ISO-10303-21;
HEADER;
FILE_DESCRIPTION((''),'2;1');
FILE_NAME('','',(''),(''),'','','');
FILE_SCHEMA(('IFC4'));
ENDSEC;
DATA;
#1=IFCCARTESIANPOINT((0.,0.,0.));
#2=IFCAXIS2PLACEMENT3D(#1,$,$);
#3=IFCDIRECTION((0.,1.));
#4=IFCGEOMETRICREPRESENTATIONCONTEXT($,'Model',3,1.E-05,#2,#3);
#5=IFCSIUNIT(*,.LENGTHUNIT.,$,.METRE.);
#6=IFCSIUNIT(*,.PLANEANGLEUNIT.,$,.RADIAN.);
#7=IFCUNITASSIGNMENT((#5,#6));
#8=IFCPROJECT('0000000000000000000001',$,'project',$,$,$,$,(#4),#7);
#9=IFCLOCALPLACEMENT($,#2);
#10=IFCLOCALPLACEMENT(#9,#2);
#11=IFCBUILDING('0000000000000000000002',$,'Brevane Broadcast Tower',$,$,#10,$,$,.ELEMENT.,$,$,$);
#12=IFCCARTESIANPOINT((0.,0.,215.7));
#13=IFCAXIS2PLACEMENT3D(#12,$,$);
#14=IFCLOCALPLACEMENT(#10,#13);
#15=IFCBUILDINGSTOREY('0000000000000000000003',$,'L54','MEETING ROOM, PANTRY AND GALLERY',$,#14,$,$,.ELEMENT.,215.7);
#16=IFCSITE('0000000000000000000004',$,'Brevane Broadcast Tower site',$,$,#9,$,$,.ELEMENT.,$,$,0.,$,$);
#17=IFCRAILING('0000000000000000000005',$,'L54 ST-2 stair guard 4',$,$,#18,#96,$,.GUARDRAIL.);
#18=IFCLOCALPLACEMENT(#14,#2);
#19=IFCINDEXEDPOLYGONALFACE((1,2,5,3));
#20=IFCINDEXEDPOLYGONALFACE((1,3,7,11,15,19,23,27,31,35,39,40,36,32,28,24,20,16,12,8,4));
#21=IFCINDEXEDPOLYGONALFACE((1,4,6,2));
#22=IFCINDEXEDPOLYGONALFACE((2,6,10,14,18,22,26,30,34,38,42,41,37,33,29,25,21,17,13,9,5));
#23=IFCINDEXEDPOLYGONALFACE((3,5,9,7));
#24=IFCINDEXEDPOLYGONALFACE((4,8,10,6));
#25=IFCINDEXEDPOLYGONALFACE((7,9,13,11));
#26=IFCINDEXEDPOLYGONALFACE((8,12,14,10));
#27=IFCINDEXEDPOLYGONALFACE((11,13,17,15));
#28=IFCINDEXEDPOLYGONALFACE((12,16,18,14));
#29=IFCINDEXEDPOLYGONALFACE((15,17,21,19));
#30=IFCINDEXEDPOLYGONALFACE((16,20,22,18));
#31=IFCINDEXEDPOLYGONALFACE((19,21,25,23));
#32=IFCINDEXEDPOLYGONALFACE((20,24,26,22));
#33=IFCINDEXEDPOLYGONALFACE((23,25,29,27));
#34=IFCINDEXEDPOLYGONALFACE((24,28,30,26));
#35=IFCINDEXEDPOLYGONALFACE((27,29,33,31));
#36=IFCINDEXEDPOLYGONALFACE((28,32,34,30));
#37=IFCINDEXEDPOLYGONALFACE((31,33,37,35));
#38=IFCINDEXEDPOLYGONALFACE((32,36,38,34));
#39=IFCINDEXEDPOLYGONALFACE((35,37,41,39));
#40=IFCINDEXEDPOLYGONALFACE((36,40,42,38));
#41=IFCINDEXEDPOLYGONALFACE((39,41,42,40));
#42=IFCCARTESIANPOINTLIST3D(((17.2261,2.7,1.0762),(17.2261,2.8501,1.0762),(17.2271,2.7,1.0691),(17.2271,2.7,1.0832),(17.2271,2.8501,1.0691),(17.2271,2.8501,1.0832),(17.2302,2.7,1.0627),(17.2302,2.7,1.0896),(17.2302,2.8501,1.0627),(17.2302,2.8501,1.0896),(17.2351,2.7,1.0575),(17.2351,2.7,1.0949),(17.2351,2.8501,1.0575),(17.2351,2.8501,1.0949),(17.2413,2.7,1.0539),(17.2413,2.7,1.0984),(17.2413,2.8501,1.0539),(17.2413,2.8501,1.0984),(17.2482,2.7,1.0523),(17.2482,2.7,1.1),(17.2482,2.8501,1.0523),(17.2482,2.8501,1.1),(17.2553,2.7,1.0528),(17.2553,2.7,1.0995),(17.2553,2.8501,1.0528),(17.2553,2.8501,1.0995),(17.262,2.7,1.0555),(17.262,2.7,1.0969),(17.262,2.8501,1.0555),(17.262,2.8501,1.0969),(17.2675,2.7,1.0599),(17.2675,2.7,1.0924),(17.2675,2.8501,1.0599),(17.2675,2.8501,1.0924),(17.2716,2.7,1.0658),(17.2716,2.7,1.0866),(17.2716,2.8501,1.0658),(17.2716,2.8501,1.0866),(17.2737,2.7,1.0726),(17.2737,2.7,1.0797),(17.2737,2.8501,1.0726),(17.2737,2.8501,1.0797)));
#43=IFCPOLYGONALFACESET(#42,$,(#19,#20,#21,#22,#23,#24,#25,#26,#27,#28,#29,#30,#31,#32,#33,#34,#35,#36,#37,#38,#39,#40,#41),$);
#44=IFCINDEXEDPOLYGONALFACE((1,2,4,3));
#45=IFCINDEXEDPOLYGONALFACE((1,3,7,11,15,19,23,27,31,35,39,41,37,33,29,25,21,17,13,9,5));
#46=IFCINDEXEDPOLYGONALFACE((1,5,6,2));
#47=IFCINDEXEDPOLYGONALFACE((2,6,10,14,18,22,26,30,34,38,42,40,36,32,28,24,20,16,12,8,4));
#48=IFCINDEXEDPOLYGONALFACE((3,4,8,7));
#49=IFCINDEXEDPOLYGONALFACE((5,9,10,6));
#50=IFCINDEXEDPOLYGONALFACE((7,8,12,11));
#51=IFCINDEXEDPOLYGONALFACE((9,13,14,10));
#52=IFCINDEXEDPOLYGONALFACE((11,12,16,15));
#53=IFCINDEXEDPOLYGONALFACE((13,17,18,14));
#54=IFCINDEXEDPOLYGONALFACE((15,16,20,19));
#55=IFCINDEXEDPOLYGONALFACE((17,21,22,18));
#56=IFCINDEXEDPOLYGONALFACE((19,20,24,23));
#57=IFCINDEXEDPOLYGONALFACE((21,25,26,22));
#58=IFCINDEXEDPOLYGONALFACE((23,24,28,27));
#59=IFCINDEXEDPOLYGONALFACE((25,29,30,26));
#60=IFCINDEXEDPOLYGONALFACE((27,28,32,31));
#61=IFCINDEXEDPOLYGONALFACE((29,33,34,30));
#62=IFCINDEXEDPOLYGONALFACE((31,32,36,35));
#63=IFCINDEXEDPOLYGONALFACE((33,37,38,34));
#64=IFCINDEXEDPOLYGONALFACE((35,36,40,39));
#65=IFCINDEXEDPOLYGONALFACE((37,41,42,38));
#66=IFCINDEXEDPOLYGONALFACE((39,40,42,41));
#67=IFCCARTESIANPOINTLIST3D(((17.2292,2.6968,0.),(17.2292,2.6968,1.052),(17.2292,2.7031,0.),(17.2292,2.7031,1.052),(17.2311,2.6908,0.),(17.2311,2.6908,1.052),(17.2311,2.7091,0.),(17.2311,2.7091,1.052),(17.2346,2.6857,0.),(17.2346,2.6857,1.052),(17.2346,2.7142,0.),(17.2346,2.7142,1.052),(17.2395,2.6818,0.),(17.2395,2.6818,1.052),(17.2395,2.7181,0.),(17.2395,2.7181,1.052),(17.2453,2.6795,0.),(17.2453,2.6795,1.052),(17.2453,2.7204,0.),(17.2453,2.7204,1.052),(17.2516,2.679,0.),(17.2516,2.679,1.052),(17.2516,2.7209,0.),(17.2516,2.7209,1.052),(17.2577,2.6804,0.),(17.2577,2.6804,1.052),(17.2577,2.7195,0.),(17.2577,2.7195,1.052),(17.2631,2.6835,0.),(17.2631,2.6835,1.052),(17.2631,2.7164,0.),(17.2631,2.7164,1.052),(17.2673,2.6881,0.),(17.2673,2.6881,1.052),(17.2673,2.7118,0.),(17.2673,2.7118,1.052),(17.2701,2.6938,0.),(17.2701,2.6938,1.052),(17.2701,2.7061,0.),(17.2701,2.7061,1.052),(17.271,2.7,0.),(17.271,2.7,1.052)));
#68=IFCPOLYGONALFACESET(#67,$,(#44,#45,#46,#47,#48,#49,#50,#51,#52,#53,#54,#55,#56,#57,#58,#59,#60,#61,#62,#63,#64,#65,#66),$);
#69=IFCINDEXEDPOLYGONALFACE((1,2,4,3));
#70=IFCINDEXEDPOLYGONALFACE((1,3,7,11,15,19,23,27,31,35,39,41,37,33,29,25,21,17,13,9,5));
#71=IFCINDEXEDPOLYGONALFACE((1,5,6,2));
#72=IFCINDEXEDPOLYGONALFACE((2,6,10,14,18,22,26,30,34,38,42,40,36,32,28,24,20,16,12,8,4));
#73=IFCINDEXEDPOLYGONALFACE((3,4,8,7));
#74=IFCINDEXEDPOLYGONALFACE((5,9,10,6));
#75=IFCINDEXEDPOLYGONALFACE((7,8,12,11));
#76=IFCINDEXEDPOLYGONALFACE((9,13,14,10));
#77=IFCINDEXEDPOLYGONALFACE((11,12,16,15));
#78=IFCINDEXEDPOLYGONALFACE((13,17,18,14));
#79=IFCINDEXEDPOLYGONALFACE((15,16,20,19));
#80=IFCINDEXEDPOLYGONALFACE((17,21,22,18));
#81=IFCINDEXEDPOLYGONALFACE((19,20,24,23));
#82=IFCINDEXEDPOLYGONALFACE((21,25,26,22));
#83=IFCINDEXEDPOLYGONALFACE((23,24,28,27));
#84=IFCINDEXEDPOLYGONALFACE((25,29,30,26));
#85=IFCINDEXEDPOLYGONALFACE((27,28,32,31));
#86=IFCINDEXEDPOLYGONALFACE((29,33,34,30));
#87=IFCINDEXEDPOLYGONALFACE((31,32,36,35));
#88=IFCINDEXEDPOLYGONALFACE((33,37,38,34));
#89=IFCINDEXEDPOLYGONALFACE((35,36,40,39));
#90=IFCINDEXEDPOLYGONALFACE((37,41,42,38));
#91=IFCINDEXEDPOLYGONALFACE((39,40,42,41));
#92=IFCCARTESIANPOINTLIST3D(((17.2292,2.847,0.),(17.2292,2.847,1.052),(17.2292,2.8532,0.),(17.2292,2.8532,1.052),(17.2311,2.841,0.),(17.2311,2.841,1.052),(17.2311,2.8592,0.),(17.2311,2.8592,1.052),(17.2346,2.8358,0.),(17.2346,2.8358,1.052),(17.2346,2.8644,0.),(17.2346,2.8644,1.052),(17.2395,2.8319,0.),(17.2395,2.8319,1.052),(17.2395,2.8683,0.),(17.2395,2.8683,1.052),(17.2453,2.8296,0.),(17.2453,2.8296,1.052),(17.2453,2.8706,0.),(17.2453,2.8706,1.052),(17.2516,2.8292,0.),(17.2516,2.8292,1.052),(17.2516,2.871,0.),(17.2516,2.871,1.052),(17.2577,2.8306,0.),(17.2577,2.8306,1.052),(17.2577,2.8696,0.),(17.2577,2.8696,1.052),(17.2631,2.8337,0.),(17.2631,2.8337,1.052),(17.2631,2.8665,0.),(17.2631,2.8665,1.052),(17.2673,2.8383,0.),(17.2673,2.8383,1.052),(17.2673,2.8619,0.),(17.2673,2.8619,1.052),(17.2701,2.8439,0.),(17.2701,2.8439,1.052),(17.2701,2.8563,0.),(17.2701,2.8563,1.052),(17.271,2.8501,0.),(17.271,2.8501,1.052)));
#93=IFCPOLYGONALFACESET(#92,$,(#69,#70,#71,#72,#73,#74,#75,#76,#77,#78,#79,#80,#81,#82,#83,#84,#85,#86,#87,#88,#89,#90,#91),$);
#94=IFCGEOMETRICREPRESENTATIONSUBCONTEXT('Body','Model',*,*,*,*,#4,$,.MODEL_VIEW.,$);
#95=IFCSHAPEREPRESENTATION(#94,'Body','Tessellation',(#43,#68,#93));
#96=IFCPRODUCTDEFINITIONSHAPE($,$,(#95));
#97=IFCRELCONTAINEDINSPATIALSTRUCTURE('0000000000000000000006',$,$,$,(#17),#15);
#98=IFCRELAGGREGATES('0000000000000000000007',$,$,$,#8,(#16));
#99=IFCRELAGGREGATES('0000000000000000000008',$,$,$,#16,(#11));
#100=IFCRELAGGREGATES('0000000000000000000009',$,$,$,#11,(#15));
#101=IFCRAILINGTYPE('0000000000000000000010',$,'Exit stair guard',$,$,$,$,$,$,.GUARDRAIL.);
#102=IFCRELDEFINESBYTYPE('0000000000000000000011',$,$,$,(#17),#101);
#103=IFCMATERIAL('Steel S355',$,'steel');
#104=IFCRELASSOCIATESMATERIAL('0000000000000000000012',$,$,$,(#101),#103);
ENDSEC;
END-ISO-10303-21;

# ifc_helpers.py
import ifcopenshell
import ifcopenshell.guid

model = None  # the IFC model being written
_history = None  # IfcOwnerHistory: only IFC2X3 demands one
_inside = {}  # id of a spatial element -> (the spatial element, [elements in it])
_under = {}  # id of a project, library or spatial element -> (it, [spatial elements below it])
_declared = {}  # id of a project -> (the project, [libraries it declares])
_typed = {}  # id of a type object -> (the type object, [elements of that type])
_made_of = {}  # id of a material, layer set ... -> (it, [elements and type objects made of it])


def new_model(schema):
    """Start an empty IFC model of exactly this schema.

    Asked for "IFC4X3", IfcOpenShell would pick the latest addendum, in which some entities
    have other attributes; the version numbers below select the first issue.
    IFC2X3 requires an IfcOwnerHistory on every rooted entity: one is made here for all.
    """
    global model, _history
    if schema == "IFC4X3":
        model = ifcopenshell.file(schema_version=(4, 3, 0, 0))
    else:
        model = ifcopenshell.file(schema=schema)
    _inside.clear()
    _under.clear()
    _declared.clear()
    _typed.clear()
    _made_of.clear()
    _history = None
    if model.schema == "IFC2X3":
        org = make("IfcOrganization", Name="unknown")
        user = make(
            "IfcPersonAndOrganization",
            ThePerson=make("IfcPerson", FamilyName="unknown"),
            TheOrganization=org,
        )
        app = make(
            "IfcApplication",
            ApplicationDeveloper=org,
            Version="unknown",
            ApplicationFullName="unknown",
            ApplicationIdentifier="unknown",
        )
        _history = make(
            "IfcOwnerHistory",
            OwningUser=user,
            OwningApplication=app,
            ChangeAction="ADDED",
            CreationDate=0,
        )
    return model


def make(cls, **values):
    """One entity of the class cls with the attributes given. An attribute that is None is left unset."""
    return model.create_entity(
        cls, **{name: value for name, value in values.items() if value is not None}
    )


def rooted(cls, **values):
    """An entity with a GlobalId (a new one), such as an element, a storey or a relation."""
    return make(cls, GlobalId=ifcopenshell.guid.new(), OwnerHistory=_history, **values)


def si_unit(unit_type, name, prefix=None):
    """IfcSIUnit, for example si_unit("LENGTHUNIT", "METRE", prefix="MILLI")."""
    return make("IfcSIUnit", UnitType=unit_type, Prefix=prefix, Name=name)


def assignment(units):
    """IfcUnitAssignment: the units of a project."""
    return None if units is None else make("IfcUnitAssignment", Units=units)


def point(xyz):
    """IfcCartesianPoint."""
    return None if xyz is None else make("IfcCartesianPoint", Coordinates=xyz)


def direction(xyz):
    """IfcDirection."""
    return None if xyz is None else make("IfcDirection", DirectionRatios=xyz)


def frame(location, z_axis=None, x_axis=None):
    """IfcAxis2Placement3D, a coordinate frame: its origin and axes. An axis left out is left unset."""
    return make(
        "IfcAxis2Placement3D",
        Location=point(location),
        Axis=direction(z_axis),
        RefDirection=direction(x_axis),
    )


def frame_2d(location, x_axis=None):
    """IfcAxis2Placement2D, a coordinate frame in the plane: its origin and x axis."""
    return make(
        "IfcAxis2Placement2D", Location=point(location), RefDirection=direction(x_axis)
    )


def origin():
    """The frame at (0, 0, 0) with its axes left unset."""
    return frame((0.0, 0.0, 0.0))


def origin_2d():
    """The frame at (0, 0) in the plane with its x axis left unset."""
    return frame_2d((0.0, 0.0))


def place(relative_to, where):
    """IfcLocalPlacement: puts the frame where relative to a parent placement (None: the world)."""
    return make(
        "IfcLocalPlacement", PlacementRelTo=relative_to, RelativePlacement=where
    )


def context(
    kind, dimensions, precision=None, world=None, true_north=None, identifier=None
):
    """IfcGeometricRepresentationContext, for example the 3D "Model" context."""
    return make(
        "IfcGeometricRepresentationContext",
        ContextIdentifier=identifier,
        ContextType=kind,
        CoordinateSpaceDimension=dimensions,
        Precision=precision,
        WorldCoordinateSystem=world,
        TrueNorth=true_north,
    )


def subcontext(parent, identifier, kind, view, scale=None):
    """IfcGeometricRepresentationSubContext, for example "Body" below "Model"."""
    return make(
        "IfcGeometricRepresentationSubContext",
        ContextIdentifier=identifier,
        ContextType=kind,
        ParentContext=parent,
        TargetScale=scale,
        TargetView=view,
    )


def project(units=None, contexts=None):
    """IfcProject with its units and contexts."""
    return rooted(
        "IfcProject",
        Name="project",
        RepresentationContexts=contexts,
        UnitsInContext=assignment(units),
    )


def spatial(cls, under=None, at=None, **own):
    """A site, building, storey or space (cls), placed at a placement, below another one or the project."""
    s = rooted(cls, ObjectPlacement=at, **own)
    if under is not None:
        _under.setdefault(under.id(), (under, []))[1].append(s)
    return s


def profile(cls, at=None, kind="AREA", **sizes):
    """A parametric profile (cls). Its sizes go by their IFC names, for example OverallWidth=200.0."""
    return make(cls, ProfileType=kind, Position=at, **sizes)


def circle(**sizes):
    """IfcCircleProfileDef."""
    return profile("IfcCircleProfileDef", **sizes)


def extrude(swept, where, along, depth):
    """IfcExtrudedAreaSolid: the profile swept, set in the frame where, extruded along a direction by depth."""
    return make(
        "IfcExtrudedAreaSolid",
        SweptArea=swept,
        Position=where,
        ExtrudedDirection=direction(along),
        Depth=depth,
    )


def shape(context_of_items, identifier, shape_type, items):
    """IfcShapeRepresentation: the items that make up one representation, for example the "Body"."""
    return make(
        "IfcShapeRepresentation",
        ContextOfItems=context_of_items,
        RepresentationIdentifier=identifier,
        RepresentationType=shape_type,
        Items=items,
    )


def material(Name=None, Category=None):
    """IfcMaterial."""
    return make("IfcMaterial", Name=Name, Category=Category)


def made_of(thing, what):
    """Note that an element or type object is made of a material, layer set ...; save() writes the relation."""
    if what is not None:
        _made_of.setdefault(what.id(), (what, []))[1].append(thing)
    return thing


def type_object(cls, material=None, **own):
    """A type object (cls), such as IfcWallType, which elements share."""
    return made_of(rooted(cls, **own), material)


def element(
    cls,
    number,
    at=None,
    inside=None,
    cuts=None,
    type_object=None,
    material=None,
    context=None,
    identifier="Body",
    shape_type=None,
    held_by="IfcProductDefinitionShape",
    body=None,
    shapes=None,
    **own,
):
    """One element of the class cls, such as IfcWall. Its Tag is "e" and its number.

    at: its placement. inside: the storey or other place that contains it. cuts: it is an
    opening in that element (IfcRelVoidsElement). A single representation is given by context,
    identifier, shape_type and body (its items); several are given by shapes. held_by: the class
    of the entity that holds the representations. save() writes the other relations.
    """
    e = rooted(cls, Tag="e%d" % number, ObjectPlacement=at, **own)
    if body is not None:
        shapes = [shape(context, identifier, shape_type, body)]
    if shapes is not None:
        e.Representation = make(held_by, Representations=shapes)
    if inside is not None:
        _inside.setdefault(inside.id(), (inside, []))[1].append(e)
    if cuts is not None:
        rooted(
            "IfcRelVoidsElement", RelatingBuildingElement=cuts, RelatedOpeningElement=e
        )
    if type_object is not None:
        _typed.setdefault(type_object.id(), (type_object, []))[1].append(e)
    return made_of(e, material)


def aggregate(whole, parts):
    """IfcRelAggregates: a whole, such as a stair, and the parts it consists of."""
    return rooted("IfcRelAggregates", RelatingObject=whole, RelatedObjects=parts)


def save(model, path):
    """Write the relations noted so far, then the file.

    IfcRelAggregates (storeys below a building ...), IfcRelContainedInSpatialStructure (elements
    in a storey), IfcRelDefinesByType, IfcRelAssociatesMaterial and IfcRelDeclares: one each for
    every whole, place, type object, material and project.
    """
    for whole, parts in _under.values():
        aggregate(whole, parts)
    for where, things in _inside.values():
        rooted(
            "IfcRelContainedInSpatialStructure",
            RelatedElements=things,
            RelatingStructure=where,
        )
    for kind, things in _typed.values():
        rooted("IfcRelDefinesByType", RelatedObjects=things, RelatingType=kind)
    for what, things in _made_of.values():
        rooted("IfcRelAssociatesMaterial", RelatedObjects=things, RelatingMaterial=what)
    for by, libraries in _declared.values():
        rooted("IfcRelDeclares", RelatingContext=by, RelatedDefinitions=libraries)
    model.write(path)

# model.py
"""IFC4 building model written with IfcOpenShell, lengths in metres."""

from ifc_helpers import new_model, si_unit, direction, frame, origin, origin_2d, place, context, subcontext, project, spatial, circle, extrude, material, type_object, element, save


model = new_model("IFC4")

# Units and contexts
model_context = context("Model", 3, precision=1e-05, world=origin(), true_north=direction((0.0, 1.0)))
body_context = subcontext(model_context, "Body", "Model", "MODEL_VIEW")
ifc_project = project(units=[si_unit("LENGTHUNIT", "METRE"), si_unit("PLANEANGLEUNIT", "RADIAN")], contexts=[model_context])

# Site, building, storey
site_placement = place(None, origin())
site = spatial("IfcSite", under=ifc_project, at=site_placement, Name="Brevane Broadcast Tower site", CompositionType="ELEMENT", RefElevation=0.0)
building_placement = place(site_placement, origin())
building = spatial("IfcBuilding", under=site, at=building_placement, Name="Brevane Broadcast Tower", CompositionType="ELEMENT")
storey_placement = place(building_placement, frame((0.0, 0.0, 215.7)))
storey = spatial("IfcBuildingStorey", under=building, at=storey_placement, Name="L54", Description="MEETING ROOM, PANTRY AND GALLERY", CompositionType="ELEMENT", Elevation=215.7)

# Railing
ifc_material_1 = material(Name="Steel S355", Category="steel")
railing_type_1 = type_object("IfcRailingType", Name="Exit stair guard", PredefinedType="GUARDRAIL", material=ifc_material_1)
railing_1_placement = place(storey_placement, frame((17.25, 2.7, 0.0)))
element("IfcRailing", 1, at=railing_1_placement, inside=storey, type_object=railing_type_1, Name="L54 ST-2 stair guard 4", PredefinedType="GUARDRAIL", context=body_context, shape_type="SweptSolid", body=[
    extrude(circle(Radius=0.0239, at=origin_2d()), frame((0.0, 0.0, 1.0762), z_axis=(0.0, 1.0, 0.0), x_axis=(-1.0, 0.0, 0.0)), (0.0, 0.0, 1.0), 0.1501),
    extrude(circle(Radius=0.021, at=origin_2d()), origin(), (0.0, 0.0, 1.0), 1.052),
    extrude(circle(Radius=0.021, at=origin_2d()), frame((0.0, 0.1501, 0.0)), (0.0, 0.0, 1.0), 1.052),
])

save(model, "model.ifc")
